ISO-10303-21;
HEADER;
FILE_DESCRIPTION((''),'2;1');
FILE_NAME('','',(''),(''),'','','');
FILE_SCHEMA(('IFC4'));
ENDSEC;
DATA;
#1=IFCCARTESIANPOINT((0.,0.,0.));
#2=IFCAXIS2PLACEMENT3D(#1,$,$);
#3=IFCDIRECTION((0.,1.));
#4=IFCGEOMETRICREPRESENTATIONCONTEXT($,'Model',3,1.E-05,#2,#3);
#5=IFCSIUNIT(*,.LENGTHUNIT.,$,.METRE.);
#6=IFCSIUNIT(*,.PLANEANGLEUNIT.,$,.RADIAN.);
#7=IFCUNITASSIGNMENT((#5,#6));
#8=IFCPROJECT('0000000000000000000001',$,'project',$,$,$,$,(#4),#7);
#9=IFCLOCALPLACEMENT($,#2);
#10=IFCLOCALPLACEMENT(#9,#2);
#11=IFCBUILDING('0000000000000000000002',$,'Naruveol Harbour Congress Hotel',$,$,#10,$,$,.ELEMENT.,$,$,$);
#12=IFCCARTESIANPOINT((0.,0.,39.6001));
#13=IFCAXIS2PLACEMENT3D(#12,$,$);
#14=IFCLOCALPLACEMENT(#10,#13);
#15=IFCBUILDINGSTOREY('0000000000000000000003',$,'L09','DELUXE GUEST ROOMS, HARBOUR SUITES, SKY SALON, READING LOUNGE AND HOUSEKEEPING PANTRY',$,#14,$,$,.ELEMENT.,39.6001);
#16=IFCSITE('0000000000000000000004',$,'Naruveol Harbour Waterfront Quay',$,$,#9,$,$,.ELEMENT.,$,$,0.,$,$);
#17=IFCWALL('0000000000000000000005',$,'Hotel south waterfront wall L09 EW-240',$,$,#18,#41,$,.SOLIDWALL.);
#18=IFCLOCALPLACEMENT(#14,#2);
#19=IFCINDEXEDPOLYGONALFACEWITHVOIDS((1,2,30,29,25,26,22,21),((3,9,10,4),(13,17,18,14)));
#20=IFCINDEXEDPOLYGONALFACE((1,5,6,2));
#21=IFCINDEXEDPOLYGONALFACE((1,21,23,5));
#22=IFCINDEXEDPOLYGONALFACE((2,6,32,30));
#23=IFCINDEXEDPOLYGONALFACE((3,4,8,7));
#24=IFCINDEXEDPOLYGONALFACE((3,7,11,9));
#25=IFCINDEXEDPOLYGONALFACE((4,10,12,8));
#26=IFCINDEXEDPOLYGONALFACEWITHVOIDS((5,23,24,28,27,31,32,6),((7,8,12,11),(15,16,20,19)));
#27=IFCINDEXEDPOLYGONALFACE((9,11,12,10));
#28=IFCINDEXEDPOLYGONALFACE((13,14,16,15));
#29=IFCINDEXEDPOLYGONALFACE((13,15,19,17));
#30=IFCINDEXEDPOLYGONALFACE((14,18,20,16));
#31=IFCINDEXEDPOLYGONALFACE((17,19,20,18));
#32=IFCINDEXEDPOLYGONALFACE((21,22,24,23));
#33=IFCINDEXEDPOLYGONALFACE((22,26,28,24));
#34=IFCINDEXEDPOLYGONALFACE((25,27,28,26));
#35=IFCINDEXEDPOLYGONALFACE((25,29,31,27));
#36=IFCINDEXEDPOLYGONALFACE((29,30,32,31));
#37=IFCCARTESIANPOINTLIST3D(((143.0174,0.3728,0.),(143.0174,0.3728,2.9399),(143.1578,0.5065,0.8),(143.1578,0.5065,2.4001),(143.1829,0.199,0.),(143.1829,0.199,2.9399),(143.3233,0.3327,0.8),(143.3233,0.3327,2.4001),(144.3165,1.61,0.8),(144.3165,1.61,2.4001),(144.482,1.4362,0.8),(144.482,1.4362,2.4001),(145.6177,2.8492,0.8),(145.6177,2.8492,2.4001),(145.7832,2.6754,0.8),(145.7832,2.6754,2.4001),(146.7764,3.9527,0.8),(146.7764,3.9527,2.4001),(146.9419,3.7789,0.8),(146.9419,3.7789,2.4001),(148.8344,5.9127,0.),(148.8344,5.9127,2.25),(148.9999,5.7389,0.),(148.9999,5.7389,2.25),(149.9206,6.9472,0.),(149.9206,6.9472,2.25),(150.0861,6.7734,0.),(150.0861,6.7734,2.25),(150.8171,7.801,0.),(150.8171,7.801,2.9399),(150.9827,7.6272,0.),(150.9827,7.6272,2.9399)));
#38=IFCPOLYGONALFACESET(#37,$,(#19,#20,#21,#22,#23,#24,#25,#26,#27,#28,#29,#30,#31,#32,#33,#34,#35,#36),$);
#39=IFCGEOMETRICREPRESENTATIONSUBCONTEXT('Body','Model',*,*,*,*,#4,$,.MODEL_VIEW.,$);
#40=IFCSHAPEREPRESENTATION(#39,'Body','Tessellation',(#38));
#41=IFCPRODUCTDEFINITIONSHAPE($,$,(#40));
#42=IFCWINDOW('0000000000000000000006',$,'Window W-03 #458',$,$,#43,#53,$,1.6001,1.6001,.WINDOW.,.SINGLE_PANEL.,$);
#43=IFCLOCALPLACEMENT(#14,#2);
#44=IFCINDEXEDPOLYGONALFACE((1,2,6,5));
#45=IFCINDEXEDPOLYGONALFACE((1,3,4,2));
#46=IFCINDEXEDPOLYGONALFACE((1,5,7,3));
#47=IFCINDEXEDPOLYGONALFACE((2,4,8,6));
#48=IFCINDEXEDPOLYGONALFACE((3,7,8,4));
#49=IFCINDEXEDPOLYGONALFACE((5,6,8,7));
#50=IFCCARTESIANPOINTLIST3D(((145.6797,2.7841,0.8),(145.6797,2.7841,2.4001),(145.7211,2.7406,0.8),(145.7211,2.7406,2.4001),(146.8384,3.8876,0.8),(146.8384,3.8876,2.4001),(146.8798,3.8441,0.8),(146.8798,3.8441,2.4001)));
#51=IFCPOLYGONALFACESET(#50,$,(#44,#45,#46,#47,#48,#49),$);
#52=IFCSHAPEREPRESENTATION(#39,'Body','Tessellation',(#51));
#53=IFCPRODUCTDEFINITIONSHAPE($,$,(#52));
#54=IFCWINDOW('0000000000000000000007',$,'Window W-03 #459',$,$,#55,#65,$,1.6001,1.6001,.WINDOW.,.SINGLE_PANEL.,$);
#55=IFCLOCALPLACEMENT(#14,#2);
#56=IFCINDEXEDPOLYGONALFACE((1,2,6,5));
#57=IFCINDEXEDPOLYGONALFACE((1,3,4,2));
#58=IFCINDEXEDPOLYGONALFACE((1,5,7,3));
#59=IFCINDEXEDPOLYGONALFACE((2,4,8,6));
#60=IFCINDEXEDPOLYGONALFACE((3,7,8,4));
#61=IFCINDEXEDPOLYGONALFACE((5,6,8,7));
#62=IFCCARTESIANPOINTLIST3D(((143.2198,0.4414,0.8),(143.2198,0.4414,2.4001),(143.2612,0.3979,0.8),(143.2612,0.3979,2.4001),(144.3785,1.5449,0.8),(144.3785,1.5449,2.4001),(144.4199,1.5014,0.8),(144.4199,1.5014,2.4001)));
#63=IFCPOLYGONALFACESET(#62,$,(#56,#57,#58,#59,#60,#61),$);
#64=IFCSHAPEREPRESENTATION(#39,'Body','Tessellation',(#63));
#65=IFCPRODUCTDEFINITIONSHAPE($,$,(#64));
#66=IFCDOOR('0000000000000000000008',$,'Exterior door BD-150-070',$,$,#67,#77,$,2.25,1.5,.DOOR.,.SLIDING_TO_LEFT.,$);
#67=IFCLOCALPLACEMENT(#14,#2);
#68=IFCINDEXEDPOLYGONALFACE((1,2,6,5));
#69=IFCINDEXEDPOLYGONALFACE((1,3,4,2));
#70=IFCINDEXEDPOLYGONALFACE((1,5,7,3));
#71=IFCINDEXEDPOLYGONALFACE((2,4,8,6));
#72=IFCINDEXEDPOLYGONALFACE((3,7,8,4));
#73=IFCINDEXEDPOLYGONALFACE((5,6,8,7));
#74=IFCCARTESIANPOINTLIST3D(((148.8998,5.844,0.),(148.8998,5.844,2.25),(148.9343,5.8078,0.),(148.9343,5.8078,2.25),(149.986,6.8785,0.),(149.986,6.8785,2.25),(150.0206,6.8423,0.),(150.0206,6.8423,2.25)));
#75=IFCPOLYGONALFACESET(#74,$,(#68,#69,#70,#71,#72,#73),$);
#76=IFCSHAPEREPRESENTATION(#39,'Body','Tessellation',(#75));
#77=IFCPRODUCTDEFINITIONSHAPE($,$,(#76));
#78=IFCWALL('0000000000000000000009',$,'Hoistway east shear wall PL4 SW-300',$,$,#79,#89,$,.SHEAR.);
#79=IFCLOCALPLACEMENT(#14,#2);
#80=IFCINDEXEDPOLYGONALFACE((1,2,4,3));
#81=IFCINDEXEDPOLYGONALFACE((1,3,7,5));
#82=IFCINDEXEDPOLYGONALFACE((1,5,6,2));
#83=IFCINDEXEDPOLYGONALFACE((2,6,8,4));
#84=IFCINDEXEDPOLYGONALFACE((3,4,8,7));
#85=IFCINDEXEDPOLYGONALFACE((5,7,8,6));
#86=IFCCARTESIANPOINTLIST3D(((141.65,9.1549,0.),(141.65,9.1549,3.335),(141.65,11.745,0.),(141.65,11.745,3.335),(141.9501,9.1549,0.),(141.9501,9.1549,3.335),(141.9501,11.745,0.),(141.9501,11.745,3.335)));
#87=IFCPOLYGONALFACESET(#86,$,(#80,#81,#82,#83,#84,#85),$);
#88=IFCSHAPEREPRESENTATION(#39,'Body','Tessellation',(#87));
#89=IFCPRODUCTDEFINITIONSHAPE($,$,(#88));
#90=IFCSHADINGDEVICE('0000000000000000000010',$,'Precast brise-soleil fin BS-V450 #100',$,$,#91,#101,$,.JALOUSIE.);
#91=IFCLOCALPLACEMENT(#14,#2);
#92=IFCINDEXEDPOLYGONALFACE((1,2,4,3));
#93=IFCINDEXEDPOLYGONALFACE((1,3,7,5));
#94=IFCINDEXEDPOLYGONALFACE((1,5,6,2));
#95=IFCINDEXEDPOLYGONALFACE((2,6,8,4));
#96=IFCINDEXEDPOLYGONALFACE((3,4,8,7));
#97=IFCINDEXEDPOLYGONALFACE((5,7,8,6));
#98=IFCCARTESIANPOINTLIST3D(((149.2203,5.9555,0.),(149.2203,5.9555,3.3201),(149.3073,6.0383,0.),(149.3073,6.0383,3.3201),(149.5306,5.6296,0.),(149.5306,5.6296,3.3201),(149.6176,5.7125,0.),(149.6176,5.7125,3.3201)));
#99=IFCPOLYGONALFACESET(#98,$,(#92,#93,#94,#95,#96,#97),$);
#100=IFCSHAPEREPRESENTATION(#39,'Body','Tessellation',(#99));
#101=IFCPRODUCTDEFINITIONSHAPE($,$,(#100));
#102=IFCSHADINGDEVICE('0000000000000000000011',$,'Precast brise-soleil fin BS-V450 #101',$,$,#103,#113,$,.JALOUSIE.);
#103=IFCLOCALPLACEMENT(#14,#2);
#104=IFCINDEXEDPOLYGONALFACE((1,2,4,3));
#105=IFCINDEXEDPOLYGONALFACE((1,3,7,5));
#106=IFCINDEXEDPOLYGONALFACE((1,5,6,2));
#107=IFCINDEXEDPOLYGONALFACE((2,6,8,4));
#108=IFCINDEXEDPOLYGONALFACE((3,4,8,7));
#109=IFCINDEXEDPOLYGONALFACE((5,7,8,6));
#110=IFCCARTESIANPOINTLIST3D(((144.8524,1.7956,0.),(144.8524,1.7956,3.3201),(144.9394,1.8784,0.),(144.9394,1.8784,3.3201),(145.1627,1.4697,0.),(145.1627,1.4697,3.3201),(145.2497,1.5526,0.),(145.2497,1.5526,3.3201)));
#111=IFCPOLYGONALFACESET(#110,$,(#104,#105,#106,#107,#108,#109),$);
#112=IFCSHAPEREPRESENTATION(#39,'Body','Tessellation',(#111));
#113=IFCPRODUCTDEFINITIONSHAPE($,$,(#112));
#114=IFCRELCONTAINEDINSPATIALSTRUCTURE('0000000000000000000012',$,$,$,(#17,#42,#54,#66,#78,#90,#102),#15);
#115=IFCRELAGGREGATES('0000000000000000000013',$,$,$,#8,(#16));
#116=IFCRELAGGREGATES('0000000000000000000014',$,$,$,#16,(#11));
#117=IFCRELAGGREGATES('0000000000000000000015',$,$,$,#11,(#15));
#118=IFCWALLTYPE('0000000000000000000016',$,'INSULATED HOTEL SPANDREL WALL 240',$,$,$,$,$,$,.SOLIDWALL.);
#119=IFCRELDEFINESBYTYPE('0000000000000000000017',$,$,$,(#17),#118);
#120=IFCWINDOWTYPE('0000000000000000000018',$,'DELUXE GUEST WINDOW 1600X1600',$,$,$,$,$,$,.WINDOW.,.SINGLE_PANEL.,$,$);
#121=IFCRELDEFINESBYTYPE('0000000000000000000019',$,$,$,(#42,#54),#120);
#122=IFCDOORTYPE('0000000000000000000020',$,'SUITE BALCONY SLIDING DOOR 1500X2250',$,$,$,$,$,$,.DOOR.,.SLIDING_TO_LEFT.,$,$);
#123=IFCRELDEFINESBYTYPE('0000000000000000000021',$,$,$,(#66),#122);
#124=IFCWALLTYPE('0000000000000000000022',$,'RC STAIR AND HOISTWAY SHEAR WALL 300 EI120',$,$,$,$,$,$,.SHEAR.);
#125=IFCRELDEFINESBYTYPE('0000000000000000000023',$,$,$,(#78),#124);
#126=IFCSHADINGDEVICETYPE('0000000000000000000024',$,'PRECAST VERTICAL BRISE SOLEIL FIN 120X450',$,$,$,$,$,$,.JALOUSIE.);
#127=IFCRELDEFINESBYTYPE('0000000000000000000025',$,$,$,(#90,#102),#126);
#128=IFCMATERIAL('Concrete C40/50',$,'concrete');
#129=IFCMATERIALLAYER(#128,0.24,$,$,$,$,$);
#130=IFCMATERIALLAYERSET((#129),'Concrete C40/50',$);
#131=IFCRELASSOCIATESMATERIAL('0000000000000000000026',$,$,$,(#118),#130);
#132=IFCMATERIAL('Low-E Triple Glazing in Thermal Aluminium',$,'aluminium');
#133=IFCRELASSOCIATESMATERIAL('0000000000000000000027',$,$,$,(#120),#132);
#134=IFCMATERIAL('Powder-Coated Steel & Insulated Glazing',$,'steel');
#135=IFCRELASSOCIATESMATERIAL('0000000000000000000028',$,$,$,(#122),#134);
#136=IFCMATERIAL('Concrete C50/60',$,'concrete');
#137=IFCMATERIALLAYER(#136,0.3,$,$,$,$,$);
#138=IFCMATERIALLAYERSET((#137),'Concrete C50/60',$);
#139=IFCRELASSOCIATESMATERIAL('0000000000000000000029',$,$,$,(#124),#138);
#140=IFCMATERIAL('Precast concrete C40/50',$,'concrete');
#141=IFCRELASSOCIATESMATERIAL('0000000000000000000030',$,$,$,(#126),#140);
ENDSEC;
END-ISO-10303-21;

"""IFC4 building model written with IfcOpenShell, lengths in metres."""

from ifc_helpers import new_model, si_unit, direction, frame, frame_2d, origin, origin_2d, place, context, subcontext, project, spatial, rectangle, extrude, material, layer, layer_set, type_object, element, fill, save


model = new_model("IFC4")

# Units and contexts
model_context = context("Model", 3, precision=1e-05, world=origin(), true_north=direction((0.0, 1.0)))
body_context = subcontext(model_context, "Body", "Model", "MODEL_VIEW")
ifc_project = project(units=[si_unit("LENGTHUNIT", "METRE"), si_unit("PLANEANGLEUNIT", "RADIAN")], contexts=[model_context])

# Site, building, storey
site_placement = place(None, origin())
site = spatial("IfcSite", under=ifc_project, at=site_placement, Name="Naruveol Harbour Waterfront Quay", CompositionType="ELEMENT", RefElevation=0.0)
building_placement = place(site_placement, origin())
building = spatial("IfcBuilding", under=site, at=building_placement, Name="Naruveol Harbour Congress Hotel", CompositionType="ELEMENT")
storey_placement = place(building_placement, frame((0.0, 0.0, 39.6001)))
storey = spatial("IfcBuildingStorey", under=building, at=storey_placement, Name="L09", Description="DELUXE GUEST ROOMS, HARBOUR SUITES, SKY SALON, READING LOUNGE AND HOUSEKEEPING PANTRY", CompositionType="ELEMENT", Elevation=39.6001)

# Shared definitions
ifc_material_1 = material(Name="Concrete C40/50", Category="concrete")
ifc_layer_1 = layer(ifc_material_1, 0.24)
ifc_layer_set_1 = layer_set([ifc_layer_1], Name="Concrete C40/50")
wall_type_1 = type_object("IfcWallType", Name="INSULATED HOTEL SPANDREL WALL 240", PredefinedType="SOLIDWALL", material=ifc_layer_set_1)
ifc_material_2 = material(Name="Low-E Triple Glazing in Thermal Aluminium", Category="aluminium")
window_type = type_object("IfcWindowType", Name="DELUXE GUEST WINDOW 1600X1600", PartitioningType="SINGLE_PANEL", PredefinedType="WINDOW", material=ifc_material_2)
ifc_material_3 = material(Name="Powder-Coated Steel & Insulated Glazing", Category="steel")
door_type_1 = type_object("IfcDoorType", Name="SUITE BALCONY SLIDING DOOR 1500X2250", OperationType="SLIDING_TO_LEFT", PredefinedType="DOOR", material=ifc_material_3)

# Wall, openings, windows, door
wall_1_placement = place(storey_placement, frame((150.8999, 7.7141, 0.0), z_axis=(0.0, 0.0, 1.0), x_axis=(-0.724145, -0.689647, 0.0)))
wall_1 = element("IfcWall", 1, at=wall_1_placement, inside=storey, type_object=wall_type_1, Name="Hotel south waterfront wall L09 EW-240", PredefinedType="SOLIDWALL", context=body_context, shape_type="SweptSolid", body=[
    extrude(rectangle(XDim=10.771, YDim=0.24, at=frame_2d((5.3855, 0.0))), origin(), (0.0, 0.0, 1.0), 2.9399),
])
opening_1_placement = place(wall_1_placement, frame((1.238, 0.0, 0.0)))
opening_1 = element("IfcOpeningElement", 2, at=opening_1_placement, cuts=wall_1, PredefinedType="OPENING", context=body_context, shape_type="SweptSolid", body=[
    extrude(rectangle(XDim=1.5, YDim=2.25, at=frame_2d((0.75, 1.125))), frame((0.0, 0.1299, 0.0), z_axis=(0.0, -1.0, 0.0), x_axis=(1.0, 0.0, 0.0)), (0.0, 0.0, 1.0), 0.26),
])
opening_2_placement = place(wall_1_placement, frame((5.5801, 0.0, 0.8)))
opening_2 = element("IfcOpeningElement", 3, at=opening_2_placement, cuts=wall_1, PredefinedType="OPENING", context=body_context, shape_type="SweptSolid", body=[
    extrude(rectangle(XDim=1.6001, YDim=1.6001, at=frame_2d((0.8, 0.8))), frame((0.0, 0.1299, 0.0), z_axis=(0.0, -1.0, 0.0), x_axis=(1.0, 0.0, 0.0)), (0.0, 0.0, 1.0), 0.26),
])
opening_3_placement = place(wall_1_placement, frame((8.9771, 0.0, 0.8)))
opening_3 = element("IfcOpeningElement", 4, at=opening_3_placement, cuts=wall_1, PredefinedType="OPENING", context=body_context, shape_type="SweptSolid", body=[
    extrude(rectangle(XDim=1.6001, YDim=1.6001, at=frame_2d((0.8, 0.8))), frame((0.0, 0.1299, 0.0), z_axis=(0.0, -1.0, 0.0), x_axis=(1.0, 0.0, 0.0)), (0.0, 0.0, 1.0), 0.26),
])
window_1_placement = place(opening_2_placement, origin())
window_1 = element("IfcWindow", 5, at=window_1_placement, inside=storey, type_object=window_type, Name="Window W-03 #458", OverallHeight=1.6001, OverallWidth=1.6001, PartitioningType="SINGLE_PANEL", PredefinedType="WINDOW", context=body_context, shape_type="SweptSolid", body=[
    extrude(rectangle(XDim=1.6001, YDim=1.6001, at=frame_2d((0.8, 0.8))), frame((0.0, 0.03, 0.0), z_axis=(0.0, -1.0, 0.0), x_axis=(1.0, 0.0, 0.0)), (0.0, 0.0, 1.0), 0.0601),
])
fill(opening_2, window_1)
window_2_placement = place(opening_3_placement, origin())
window_2 = element("IfcWindow", 6, at=window_2_placement, inside=storey, type_object=window_type, Name="Window W-03 #459", OverallHeight=1.6001, OverallWidth=1.6001, PartitioningType="SINGLE_PANEL", PredefinedType="WINDOW", context=body_context, shape_type="SweptSolid", body=[
    extrude(rectangle(XDim=1.6001, YDim=1.6001, at=frame_2d((0.8, 0.8))), frame((0.0, 0.03, 0.0), z_axis=(0.0, -1.0, 0.0), x_axis=(1.0, 0.0, 0.0)), (0.0, 0.0, 1.0), 0.0601),
])
fill(opening_3, window_2)
door_1_placement = place(opening_1_placement, origin())
door_1 = element("IfcDoor", 7, at=door_1_placement, inside=storey, type_object=door_type_1, Name="Exterior door BD-150-070", OperationType="SLIDING_TO_LEFT", OverallHeight=2.25, OverallWidth=1.5, PredefinedType="DOOR", context=body_context, shape_type="SweptSolid", body=[
    extrude(rectangle(XDim=1.5, YDim=2.25, at=frame_2d((0.75, 1.125))), frame((0.0, 0.0249, 0.0), z_axis=(0.0, -1.0, 0.0), x_axis=(1.0, 0.0, 0.0)), (0.0, 0.0, 1.0), 0.05),
])
fill(opening_1, door_1)

# Wall
ifc_material_4 = material(Name="Concrete C50/60", Category="concrete")
ifc_layer_2 = layer(ifc_material_4, 0.3)
ifc_layer_set_2 = layer_set([ifc_layer_2], Name="Concrete C50/60")
wall_type_2 = type_object("IfcWallType", Name="RC STAIR AND HOISTWAY SHEAR WALL 300 EI120", PredefinedType="SHEAR", material=ifc_layer_set_2)
wall_2_placement = place(storey_placement, frame((141.8, 9.155, 0.0), z_axis=(0.0, 0.0, 1.0), x_axis=(0.0, 1.0, 0.0)))
element("IfcWall", 8, at=wall_2_placement, inside=storey, type_object=wall_type_2, Name="Hoistway east shear wall PL4 SW-300", PredefinedType="SHEAR", context=body_context, shape_type="SweptSolid", body=[
    extrude(rectangle(XDim=2.5901, YDim=0.3, at=frame_2d((1.2949, 0.0))), origin(), (0.0, 0.0, 1.0), 3.335),
])

# Shading devices
ifc_material_5 = material(Name="Precast concrete C40/50", Category="concrete")
shading_device_type = type_object("IfcShadingDeviceType", Name="PRECAST VERTICAL BRISE SOLEIL FIN 120X450", PredefinedType="JALOUSIE", material=ifc_material_5)
for number, where, z_axis, x_axis, name in (
    (9, (149.4189, 5.834, 0.0), (0.0, 0.0, 1.0), (-0.724172, -0.68962, 0.0), "Precast brise-soleil fin BS-V450 #100"),
    (10, (145.051, 1.6741, 0.0), (0.0, 0.0, 1.0), (-0.724172, -0.68962, 0.0), "Precast brise-soleil fin BS-V450 #101"),
):
    element("IfcShadingDevice", number, at=place(storey_placement, frame(where, z_axis=z_axis, x_axis=x_axis)), inside=storey, type_object=shading_device_type, Name=name, PredefinedType="JALOUSIE", context=body_context, shape_type="SweptSolid", body=[
        extrude(rectangle(XDim=0.1201, YDim=0.45, at=origin_2d()), origin(), (0.0, 0.0, 1.0), 3.3201),
    ])

save(model, "model.ifc")
